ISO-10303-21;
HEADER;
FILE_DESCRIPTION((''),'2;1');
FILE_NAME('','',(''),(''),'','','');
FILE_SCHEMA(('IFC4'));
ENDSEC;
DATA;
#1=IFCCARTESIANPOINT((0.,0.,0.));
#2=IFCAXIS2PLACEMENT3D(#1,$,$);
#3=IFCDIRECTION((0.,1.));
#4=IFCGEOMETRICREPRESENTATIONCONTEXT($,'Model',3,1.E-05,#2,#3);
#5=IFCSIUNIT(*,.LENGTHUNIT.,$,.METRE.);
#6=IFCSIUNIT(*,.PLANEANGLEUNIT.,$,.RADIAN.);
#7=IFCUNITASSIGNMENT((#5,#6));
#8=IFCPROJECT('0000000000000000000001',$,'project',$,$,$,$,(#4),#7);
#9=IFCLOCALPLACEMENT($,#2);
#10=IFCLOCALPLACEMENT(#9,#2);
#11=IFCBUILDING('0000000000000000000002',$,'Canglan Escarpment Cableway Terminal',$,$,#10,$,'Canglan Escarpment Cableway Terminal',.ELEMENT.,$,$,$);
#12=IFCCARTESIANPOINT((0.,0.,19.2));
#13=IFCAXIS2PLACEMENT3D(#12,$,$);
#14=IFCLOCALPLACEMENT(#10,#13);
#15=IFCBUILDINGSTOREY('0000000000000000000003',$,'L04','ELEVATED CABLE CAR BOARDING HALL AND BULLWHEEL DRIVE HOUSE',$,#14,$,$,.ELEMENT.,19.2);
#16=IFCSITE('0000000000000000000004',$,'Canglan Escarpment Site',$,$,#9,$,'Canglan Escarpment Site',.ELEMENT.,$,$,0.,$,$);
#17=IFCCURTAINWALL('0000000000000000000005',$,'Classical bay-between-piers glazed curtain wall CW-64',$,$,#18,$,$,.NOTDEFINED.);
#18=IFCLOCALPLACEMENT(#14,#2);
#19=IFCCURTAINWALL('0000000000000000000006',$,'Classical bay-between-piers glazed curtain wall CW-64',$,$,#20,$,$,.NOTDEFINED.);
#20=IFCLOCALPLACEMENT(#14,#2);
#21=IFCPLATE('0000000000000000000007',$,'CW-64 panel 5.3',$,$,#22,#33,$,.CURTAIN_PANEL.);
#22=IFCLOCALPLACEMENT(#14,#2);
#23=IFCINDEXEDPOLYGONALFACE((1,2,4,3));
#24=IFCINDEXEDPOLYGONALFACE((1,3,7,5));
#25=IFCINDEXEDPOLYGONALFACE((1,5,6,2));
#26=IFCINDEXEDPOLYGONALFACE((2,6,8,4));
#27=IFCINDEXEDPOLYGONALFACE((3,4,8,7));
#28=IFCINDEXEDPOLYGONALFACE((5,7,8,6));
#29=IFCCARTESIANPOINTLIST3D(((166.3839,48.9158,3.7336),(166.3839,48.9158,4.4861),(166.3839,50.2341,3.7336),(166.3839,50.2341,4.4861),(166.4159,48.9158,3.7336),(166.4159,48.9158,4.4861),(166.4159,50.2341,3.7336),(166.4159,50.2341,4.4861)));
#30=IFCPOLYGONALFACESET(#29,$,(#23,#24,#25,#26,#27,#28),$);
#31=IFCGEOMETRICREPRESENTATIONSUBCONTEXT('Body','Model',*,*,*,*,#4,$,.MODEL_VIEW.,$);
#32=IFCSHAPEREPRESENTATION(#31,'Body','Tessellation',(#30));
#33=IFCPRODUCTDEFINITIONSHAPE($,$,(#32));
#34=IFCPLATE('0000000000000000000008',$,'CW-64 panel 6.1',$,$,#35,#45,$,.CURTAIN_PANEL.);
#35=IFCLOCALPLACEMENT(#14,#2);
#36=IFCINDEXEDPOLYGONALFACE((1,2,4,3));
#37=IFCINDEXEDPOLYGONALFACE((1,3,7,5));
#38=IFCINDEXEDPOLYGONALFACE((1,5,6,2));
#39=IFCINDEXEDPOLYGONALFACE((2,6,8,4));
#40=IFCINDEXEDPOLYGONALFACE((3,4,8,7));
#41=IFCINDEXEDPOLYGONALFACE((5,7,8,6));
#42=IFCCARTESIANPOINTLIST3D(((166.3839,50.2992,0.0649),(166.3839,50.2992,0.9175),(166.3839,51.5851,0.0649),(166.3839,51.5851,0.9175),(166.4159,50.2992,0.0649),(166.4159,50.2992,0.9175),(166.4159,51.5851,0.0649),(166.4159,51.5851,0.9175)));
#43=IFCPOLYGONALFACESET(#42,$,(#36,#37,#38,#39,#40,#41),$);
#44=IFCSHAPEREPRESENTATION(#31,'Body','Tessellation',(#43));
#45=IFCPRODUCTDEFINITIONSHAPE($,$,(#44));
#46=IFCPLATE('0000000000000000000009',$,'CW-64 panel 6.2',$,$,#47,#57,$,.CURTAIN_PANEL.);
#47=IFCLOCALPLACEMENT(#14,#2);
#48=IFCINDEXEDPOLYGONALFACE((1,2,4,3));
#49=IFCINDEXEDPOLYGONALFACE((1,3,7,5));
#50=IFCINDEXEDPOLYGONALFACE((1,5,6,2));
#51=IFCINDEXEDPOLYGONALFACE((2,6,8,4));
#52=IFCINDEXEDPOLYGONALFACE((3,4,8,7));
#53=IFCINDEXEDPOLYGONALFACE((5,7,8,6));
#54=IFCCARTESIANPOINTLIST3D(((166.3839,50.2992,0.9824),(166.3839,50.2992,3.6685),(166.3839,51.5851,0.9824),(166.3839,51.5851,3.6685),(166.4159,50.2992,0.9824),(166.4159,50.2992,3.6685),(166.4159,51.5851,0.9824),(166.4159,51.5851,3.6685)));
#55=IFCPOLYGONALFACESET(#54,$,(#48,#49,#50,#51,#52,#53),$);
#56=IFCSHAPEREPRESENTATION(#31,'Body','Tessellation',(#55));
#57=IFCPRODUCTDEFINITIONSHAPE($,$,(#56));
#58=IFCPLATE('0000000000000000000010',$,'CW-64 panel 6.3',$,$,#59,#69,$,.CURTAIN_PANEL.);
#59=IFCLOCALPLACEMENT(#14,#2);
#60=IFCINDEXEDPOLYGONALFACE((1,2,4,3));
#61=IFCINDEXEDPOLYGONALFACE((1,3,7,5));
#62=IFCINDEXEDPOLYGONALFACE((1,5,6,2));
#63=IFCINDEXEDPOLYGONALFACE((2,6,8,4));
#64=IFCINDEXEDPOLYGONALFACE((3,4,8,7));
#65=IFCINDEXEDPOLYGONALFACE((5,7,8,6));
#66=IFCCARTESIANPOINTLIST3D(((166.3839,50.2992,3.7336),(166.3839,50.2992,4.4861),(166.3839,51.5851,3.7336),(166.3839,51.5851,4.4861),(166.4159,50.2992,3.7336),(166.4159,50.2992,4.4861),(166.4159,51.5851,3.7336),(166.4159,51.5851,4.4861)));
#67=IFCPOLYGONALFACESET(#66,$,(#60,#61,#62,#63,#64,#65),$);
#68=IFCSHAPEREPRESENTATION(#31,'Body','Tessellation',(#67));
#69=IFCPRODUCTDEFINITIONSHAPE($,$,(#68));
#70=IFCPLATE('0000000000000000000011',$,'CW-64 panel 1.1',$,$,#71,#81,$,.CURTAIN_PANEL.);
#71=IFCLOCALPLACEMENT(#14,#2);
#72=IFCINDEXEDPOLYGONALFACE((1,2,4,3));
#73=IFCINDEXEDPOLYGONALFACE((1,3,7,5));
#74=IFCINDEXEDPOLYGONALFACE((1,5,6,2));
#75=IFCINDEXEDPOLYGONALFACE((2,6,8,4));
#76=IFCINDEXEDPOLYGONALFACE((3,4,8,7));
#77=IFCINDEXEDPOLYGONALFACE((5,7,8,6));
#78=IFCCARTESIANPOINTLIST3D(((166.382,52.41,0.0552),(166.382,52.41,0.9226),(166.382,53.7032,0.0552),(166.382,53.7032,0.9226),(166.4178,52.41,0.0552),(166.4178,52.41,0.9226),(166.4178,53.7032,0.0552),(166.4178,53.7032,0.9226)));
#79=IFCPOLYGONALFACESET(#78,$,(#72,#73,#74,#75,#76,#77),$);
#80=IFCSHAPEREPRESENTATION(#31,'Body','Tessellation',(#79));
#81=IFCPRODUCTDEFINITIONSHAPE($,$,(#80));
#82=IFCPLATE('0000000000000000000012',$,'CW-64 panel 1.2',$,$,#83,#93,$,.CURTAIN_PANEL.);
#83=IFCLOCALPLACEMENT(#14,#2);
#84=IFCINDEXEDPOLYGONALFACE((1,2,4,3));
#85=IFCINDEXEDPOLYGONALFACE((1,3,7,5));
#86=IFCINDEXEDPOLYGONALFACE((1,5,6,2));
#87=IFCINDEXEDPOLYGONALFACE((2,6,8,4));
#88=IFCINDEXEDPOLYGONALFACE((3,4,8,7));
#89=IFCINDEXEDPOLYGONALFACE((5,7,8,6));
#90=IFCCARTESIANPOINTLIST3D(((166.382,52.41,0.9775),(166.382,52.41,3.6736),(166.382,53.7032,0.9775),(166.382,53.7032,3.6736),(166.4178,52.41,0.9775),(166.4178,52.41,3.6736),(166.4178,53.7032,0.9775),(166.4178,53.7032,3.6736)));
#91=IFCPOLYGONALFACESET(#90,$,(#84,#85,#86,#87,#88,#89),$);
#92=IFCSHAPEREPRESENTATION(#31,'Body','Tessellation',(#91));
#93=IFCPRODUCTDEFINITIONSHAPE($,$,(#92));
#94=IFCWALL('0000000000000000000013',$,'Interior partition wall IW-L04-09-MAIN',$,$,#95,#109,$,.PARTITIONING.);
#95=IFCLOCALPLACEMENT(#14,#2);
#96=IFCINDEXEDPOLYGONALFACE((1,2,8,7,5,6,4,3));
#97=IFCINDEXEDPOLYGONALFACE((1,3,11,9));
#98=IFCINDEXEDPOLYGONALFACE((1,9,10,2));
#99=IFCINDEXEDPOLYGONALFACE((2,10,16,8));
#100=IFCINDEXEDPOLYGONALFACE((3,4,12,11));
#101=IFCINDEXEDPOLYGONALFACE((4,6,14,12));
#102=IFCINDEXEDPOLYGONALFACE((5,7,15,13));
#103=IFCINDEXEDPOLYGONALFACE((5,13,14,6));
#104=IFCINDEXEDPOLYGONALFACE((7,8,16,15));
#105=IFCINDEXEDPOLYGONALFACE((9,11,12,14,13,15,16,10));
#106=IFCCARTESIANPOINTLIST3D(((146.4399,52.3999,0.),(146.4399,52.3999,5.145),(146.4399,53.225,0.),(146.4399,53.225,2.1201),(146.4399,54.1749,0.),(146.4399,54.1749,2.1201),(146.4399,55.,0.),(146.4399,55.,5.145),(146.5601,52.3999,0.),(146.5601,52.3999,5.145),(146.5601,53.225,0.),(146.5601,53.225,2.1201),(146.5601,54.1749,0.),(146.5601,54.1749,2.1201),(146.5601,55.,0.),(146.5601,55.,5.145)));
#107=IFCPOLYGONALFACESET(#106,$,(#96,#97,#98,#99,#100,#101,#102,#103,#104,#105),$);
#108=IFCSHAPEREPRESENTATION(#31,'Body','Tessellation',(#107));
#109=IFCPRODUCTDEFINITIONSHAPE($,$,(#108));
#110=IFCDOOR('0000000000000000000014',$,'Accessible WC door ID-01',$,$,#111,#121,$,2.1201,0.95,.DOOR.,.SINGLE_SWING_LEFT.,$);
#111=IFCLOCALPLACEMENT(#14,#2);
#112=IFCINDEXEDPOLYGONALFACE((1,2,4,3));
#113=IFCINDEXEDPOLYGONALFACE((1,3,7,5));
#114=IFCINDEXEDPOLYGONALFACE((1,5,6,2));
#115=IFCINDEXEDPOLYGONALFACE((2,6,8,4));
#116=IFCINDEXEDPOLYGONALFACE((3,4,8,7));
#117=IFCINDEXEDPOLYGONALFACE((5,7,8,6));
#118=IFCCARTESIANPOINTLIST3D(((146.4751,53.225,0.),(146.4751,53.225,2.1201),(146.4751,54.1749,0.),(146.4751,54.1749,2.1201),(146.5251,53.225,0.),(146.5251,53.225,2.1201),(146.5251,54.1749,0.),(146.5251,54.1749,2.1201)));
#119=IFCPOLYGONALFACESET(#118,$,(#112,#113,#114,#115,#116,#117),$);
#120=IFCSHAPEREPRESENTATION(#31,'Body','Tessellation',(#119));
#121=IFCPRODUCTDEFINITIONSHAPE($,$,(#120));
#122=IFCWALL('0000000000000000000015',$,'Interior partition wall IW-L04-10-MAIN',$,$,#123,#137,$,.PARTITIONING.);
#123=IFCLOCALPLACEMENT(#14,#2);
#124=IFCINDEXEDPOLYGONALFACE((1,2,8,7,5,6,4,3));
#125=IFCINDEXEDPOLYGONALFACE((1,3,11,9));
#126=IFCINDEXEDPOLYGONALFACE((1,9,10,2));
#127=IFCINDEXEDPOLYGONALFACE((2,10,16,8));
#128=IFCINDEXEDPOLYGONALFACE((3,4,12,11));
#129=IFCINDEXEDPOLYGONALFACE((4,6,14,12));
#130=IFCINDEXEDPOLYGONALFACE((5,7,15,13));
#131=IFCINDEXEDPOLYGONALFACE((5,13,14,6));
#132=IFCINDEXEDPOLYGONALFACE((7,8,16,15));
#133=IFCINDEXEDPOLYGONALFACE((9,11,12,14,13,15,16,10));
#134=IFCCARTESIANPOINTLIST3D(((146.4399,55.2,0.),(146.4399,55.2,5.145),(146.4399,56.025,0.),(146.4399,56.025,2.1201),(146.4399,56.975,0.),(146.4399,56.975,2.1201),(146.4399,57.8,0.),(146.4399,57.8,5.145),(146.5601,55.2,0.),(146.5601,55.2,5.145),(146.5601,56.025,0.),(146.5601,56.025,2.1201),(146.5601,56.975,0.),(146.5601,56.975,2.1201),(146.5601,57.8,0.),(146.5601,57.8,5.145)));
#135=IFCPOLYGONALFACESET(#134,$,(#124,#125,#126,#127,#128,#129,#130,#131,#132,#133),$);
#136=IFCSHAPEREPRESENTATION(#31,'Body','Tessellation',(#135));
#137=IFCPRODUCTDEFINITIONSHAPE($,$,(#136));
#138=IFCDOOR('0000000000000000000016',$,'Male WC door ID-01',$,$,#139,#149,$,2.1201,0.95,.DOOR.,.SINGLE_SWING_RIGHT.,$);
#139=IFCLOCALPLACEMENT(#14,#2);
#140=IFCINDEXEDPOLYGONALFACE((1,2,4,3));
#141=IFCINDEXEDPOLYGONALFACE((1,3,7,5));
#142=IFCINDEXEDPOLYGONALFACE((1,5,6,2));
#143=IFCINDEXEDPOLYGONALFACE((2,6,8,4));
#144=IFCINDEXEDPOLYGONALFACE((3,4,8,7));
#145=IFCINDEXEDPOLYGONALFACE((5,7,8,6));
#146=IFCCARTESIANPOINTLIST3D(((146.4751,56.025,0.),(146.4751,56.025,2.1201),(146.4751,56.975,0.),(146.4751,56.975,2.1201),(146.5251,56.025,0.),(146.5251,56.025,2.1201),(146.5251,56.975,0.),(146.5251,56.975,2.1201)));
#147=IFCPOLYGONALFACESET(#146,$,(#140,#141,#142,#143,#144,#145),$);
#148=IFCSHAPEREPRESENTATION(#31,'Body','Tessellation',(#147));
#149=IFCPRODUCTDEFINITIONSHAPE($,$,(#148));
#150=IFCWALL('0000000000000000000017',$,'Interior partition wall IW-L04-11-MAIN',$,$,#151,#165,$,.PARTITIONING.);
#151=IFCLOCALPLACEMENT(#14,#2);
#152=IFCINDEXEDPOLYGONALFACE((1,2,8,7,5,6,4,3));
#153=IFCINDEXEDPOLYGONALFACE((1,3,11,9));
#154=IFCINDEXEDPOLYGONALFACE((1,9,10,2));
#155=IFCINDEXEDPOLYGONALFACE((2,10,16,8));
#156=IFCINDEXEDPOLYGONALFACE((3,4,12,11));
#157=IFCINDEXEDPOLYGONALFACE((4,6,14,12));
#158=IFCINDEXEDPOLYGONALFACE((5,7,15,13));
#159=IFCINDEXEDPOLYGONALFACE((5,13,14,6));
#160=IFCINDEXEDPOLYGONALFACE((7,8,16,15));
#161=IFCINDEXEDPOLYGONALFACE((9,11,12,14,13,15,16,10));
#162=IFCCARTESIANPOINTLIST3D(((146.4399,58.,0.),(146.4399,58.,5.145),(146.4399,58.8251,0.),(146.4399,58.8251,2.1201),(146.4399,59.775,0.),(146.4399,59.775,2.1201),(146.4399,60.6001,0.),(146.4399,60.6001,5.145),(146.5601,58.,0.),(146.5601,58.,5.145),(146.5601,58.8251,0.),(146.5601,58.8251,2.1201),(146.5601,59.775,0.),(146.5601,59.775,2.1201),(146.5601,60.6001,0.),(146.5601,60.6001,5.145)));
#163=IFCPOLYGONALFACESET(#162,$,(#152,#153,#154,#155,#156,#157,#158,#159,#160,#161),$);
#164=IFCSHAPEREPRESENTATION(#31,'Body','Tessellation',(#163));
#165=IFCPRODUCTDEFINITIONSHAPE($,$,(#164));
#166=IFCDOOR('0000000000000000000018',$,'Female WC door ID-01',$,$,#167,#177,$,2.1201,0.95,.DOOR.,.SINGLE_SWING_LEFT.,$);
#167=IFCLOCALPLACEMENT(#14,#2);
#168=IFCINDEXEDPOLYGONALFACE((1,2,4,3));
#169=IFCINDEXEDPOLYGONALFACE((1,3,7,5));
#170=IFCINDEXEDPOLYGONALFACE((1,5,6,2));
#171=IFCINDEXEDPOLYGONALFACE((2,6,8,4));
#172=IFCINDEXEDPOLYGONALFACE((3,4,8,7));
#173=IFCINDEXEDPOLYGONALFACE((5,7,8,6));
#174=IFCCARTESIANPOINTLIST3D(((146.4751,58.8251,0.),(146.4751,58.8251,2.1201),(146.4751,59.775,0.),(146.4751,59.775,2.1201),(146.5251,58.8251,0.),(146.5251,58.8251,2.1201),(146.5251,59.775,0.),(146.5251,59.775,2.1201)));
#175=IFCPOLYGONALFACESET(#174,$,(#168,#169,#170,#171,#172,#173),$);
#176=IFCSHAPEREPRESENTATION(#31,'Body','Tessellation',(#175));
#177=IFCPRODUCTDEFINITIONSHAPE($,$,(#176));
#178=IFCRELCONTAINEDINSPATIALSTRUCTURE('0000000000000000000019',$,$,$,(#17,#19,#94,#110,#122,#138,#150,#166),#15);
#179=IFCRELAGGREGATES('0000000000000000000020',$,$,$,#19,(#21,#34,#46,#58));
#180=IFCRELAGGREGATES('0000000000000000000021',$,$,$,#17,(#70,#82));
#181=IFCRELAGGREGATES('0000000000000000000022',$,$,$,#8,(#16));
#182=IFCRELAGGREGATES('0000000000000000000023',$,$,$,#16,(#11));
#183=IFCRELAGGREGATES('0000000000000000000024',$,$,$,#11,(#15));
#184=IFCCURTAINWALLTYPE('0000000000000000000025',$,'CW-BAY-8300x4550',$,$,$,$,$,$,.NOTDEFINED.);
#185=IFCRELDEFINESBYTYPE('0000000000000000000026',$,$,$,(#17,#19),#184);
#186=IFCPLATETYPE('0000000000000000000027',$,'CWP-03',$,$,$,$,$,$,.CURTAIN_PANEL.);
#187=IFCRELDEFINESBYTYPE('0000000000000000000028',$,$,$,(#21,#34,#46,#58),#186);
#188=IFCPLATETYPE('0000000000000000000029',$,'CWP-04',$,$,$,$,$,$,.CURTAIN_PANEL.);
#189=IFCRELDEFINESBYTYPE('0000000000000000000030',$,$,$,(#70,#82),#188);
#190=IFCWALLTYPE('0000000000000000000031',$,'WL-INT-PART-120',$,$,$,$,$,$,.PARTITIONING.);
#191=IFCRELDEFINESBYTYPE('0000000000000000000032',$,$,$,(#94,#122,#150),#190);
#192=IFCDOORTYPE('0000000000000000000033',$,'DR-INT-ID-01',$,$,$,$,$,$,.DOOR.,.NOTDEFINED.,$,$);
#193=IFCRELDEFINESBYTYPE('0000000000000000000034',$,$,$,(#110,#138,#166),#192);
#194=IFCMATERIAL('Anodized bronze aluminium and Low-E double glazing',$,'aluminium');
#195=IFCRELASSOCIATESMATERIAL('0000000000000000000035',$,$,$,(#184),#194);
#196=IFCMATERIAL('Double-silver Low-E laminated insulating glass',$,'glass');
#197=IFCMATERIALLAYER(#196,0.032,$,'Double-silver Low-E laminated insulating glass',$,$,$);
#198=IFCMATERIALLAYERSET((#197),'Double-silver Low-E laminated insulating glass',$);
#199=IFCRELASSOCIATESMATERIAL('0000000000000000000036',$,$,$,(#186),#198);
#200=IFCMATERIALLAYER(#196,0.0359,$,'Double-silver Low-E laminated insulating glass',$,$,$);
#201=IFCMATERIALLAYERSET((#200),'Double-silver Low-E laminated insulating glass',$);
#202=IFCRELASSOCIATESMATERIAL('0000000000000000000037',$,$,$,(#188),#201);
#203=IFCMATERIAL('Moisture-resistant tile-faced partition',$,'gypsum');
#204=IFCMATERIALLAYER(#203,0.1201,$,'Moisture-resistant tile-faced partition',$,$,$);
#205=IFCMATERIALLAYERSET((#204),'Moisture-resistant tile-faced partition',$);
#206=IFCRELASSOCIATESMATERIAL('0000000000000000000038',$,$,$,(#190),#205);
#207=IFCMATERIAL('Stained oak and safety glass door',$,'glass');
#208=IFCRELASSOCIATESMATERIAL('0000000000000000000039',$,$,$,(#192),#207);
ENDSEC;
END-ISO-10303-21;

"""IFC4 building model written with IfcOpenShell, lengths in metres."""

from ifc_helpers import new_model, si_unit, direction, frame, frame_2d, origin, origin_2d, place, context, subcontext, project, spatial, rectangle, extrude, material, layer, layer_set, type_object, element, fill, aggregate, save


model = new_model("IFC4")

# Units and contexts
model_context = context("Model", 3, precision=1e-05, world=origin(), true_north=direction((0.0, 1.0)))
body_context = subcontext(model_context, "Body", "Model", "MODEL_VIEW")
ifc_project = project(units=[si_unit("LENGTHUNIT", "METRE"), si_unit("PLANEANGLEUNIT", "RADIAN")], contexts=[model_context])

# Site, building, storey
site_placement = place(None, origin())
site = spatial("IfcSite", under=ifc_project, at=site_placement, Name="Canglan Escarpment Site", LongName="Canglan Escarpment Site", CompositionType="ELEMENT", RefElevation=0.0)
building_placement = place(site_placement, origin())
building = spatial("IfcBuilding", under=site, at=building_placement, Name="Canglan Escarpment Cableway Terminal", LongName="Canglan Escarpment Cableway Terminal", CompositionType="ELEMENT")
storey_placement = place(building_placement, frame((0.0, 0.0, 19.2)))
storey = spatial("IfcBuildingStorey", under=building, at=storey_placement, Name="L04", Description="ELEVATED CABLE CAR BOARDING HALL AND BULLWHEEL DRIVE HOUSE", CompositionType="ELEMENT", Elevation=19.2)

# Curtain wall
ifc_material_1 = material(Name="Anodized bronze aluminium and Low-E double glazing", Category="aluminium")
curtain_wall_type = type_object("IfcCurtainWallType", Name="CW-BAY-8300x4550", PredefinedType="NOTDEFINED", material=ifc_material_1)
curtain_wall_1_placement = place(storey_placement, origin())
curtain_wall_1 = element("IfcCurtainWall", 1, at=curtain_wall_1_placement, inside=storey, type_object=curtain_wall_type, Name="Classical bay-between-piers glazed curtain wall CW-64", PredefinedType="NOTDEFINED")

# Curtain wall
curtain_wall_2_placement = place(storey_placement, origin())
curtain_wall_2 = element("IfcCurtainWall", 2, at=curtain_wall_2_placement, inside=storey, type_object=curtain_wall_type, Name="Classical bay-between-piers glazed curtain wall CW-64", PredefinedType="NOTDEFINED")

# Plates
ifc_material_2 = material(Name="Double-silver Low-E laminated insulating glass", Category="glass")
ifc_layer_1 = layer(ifc_material_2, 0.032, Name="Double-silver Low-E laminated insulating glass")
ifc_layer_set_1 = layer_set([ifc_layer_1], Name="Double-silver Low-E laminated insulating glass")
plate_type_1 = type_object("IfcPlateType", Name="CWP-03", PredefinedType="CURTAIN_PANEL", material=ifc_layer_set_1)
plate_1_placement = place(storey_placement, frame((166.3999, 49.575, 3.7336), z_axis=(0.0, 0.0, 1.0), x_axis=(0.0, 1.0, 0.0)))
plate_1 = element("IfcPlate", 3, at=plate_1_placement, type_object=plate_type_1, Name="CW-64 panel 5.3", PredefinedType="CURTAIN_PANEL", context=body_context, shape_type="SweptSolid", body=[
    extrude(rectangle(XDim=1.3184, YDim=0.032, at=origin_2d()), origin(), (0.0, 0.0, 1.0), 0.7524),
])
plate_2_placement = place(storey_placement, frame((166.3999, 50.9421, 0.0649), z_axis=(0.0, 0.0, 1.0), x_axis=(0.0, 1.0, 0.0)))
plate_2 = element("IfcPlate", 4, at=plate_2_placement, type_object=plate_type_1, Name="CW-64 panel 6.1", PredefinedType="CURTAIN_PANEL", context=body_context, shape_type="SweptSolid", body=[
    extrude(rectangle(XDim=1.2859, YDim=0.032, at=origin_2d()), origin(), (0.0, 0.0, 1.0), 0.8525),
])
plate_3_placement = place(storey_placement, frame((166.3999, 50.9421, 0.9824), z_axis=(0.0, 0.0, 1.0), x_axis=(0.0, 1.0, 0.0)))
plate_3 = element("IfcPlate", 5, at=plate_3_placement, type_object=plate_type_1, Name="CW-64 panel 6.2", PredefinedType="CURTAIN_PANEL", context=body_context, shape_type="SweptSolid", body=[
    extrude(rectangle(XDim=1.2859, YDim=0.032, at=origin_2d()), origin(), (0.0, 0.0, 1.0), 2.686),
])
plate_4_placement = place(storey_placement, frame((166.3999, 50.9421, 3.7336), z_axis=(0.0, 0.0, 1.0), x_axis=(0.0, 1.0, 0.0)))
plate_4 = element("IfcPlate", 6, at=plate_4_placement, type_object=plate_type_1, Name="CW-64 panel 6.3", PredefinedType="CURTAIN_PANEL", context=body_context, shape_type="SweptSolid", body=[
    extrude(rectangle(XDim=1.2859, YDim=0.032, at=origin_2d()), origin(), (0.0, 0.0, 1.0), 0.7524),
])
aggregate(curtain_wall_2, [plate_1, plate_2, plate_3, plate_4])
ifc_layer_2 = layer(ifc_material_2, 0.0359, Name="Double-silver Low-E laminated insulating glass")
ifc_layer_set_2 = layer_set([ifc_layer_2], Name="Double-silver Low-E laminated insulating glass")
plate_type_2 = type_object("IfcPlateType", Name="CWP-04", PredefinedType="CURTAIN_PANEL", material=ifc_layer_set_2)
plate_5_placement = place(storey_placement, frame((166.3999, 53.0566, 0.0552), z_axis=(0.0, 0.0, 1.0), x_axis=(0.0, 1.0, 0.0)))
plate_5 = element("IfcPlate", 7, at=plate_5_placement, type_object=plate_type_2, Name="CW-64 panel 1.1", PredefinedType="CURTAIN_PANEL", context=body_context, shape_type="SweptSolid", body=[
    extrude(rectangle(XDim=1.2932, YDim=0.0359, at=origin_2d()), origin(), (0.0, 0.0, 1.0), 0.8674),
])
plate_6_placement = place(storey_placement, frame((166.3999, 53.0566, 0.9775), z_axis=(0.0, 0.0, 1.0), x_axis=(0.0, 1.0, 0.0)))
plate_6 = element("IfcPlate", 8, at=plate_6_placement, type_object=plate_type_2, Name="CW-64 panel 1.2", PredefinedType="CURTAIN_PANEL", context=body_context, shape_type="SweptSolid", body=[
    extrude(rectangle(XDim=1.2932, YDim=0.0359, at=origin_2d()), origin(), (0.0, 0.0, 1.0), 2.696),
])
aggregate(curtain_wall_1, [plate_5, plate_6])

# Walls, openings, doors
ifc_material_3 = material(Name="Moisture-resistant tile-faced partition", Category="gypsum")
ifc_layer_3 = layer(ifc_material_3, 0.1201, Name="Moisture-resistant tile-faced partition")
ifc_layer_set_3 = layer_set([ifc_layer_3], Name="Moisture-resistant tile-faced partition")
wall_type = type_object("IfcWallType", Name="WL-INT-PART-120", PredefinedType="PARTITIONING", material=ifc_layer_set_3)
wall_1_placement = place(storey_placement, frame((146.5, 52.3999, 0.0), z_axis=(0.0, 0.0, 1.0), x_axis=(0.0, 1.0, 0.0)))
wall_1 = element("IfcWall", 9, at=wall_1_placement, inside=storey, type_object=wall_type, Name="Interior partition wall IW-L04-09-MAIN", PredefinedType="PARTITIONING", context=body_context, shape_type="SweptSolid", body=[
    extrude(rectangle(XDim=2.6001, YDim=0.1201, at=frame_2d((1.3, 0.0))), origin(), (0.0, 0.0, 1.0), 5.145),
])
opening_1_placement = place(wall_1_placement, frame((0.825, 0.0, 0.0)))
opening_1 = element("IfcOpeningElement", 10, at=opening_1_placement, cuts=wall_1, PredefinedType="OPENING", context=body_context, shape_type="SweptSolid", body=[
    extrude(rectangle(XDim=0.95, YDim=2.1201, at=frame_2d((0.4751, 1.0601))), frame((0.0, 0.0701, 0.0), z_axis=(0.0, -1.0, 0.0), x_axis=(1.0, 0.0, 0.0)), (0.0, 0.0, 1.0), 0.1401),
])
ifc_material_4 = material(Name="Stained oak and safety glass door", Category="glass")
door_type = type_object("IfcDoorType", Name="DR-INT-ID-01", OperationType="NOTDEFINED", PredefinedType="DOOR", material=ifc_material_4)
door_1_placement = place(opening_1_placement, origin())
door_1 = element("IfcDoor", 11, at=door_1_placement, inside=storey, type_object=door_type, Name="Accessible WC door ID-01", OperationType="SINGLE_SWING_LEFT", OverallHeight=2.1201, OverallWidth=0.95, PredefinedType="DOOR", context=body_context, shape_type="SweptSolid", body=[
    extrude(rectangle(XDim=0.95, YDim=2.1201, at=frame_2d((0.4751, 1.0601))), frame((0.0, 0.0249, 0.0), z_axis=(0.0, -1.0, 0.0), x_axis=(1.0, 0.0, 0.0)), (0.0, 0.0, 1.0), 0.05),
])
fill(opening_1, door_1)
wall_2_placement = place(storey_placement, frame((146.5, 55.2, 0.0), z_axis=(0.0, 0.0, 1.0), x_axis=(0.0, 1.0, 0.0)))
wall_2 = element("IfcWall", 12, at=wall_2_placement, inside=storey, type_object=wall_type, Name="Interior partition wall IW-L04-10-MAIN", PredefinedType="PARTITIONING", context=body_context, shape_type="SweptSolid", body=[
    extrude(rectangle(XDim=2.6001, YDim=0.1201, at=frame_2d((1.3, 0.0))), origin(), (0.0, 0.0, 1.0), 5.145),
])
opening_2_placement = place(wall_2_placement, frame((0.825, 0.0, 0.0)))
opening_2 = element("IfcOpeningElement", 13, at=opening_2_placement, cuts=wall_2, PredefinedType="OPENING", context=body_context, shape_type="SweptSolid", body=[
    extrude(rectangle(XDim=0.95, YDim=2.1201, at=frame_2d((0.4751, 1.0601))), frame((0.0, 0.0701, 0.0), z_axis=(0.0, -1.0, 0.0), x_axis=(1.0, 0.0, 0.0)), (0.0, 0.0, 1.0), 0.1401),
])
door_2_placement = place(opening_2_placement, origin())
door_2 = element("IfcDoor", 14, at=door_2_placement, inside=storey, type_object=door_type, Name="Male WC door ID-01", OperationType="SINGLE_SWING_RIGHT", OverallHeight=2.1201, OverallWidth=0.95, PredefinedType="DOOR", context=body_context, shape_type="SweptSolid", body=[
    extrude(rectangle(XDim=0.95, YDim=2.1201, at=frame_2d((0.4751, 1.0601))), frame((0.0, 0.0249, 0.0), z_axis=(0.0, -1.0, 0.0), x_axis=(1.0, 0.0, 0.0)), (0.0, 0.0, 1.0), 0.05),
])
fill(opening_2, door_2)
wall_3_placement = place(storey_placement, frame((146.5, 58.0, 0.0), z_axis=(0.0, 0.0, 1.0), x_axis=(0.0, 1.0, 0.0)))
wall_3 = element("IfcWall", 15, at=wall_3_placement, inside=storey, type_object=wall_type, Name="Interior partition wall IW-L04-11-MAIN", PredefinedType="PARTITIONING", context=body_context, shape_type="SweptSolid", body=[
    extrude(rectangle(XDim=2.6001, YDim=0.1201, at=frame_2d((1.3, 0.0))), origin(), (0.0, 0.0, 1.0), 5.145),
])
opening_3_placement = place(wall_3_placement, frame((0.825, 0.0, 0.0)))
opening_3 = element("IfcOpeningElement", 16, at=opening_3_placement, cuts=wall_3, PredefinedType="OPENING", context=body_context, shape_type="SweptSolid", body=[
    extrude(rectangle(XDim=0.95, YDim=2.1201, at=frame_2d((0.4751, 1.0601))), frame((0.0, 0.0701, 0.0), z_axis=(0.0, -1.0, 0.0), x_axis=(1.0, 0.0, 0.0)), (0.0, 0.0, 1.0), 0.1401),
])
door_3_placement = place(opening_3_placement, origin())
door_3 = element("IfcDoor", 17, at=door_3_placement, inside=storey, type_object=door_type, Name="Female WC door ID-01", OperationType="SINGLE_SWING_LEFT", OverallHeight=2.1201, OverallWidth=0.95, PredefinedType="DOOR", context=body_context, shape_type="SweptSolid", body=[
    extrude(rectangle(XDim=0.95, YDim=2.1201, at=frame_2d((0.4751, 1.0601))), frame((0.0, 0.0249, 0.0), z_axis=(0.0, -1.0, 0.0), x_axis=(1.0, 0.0, 0.0)), (0.0, 0.0, 1.0), 0.05),
])
fill(opening_3, door_3)

save(model, "model.ifc")
